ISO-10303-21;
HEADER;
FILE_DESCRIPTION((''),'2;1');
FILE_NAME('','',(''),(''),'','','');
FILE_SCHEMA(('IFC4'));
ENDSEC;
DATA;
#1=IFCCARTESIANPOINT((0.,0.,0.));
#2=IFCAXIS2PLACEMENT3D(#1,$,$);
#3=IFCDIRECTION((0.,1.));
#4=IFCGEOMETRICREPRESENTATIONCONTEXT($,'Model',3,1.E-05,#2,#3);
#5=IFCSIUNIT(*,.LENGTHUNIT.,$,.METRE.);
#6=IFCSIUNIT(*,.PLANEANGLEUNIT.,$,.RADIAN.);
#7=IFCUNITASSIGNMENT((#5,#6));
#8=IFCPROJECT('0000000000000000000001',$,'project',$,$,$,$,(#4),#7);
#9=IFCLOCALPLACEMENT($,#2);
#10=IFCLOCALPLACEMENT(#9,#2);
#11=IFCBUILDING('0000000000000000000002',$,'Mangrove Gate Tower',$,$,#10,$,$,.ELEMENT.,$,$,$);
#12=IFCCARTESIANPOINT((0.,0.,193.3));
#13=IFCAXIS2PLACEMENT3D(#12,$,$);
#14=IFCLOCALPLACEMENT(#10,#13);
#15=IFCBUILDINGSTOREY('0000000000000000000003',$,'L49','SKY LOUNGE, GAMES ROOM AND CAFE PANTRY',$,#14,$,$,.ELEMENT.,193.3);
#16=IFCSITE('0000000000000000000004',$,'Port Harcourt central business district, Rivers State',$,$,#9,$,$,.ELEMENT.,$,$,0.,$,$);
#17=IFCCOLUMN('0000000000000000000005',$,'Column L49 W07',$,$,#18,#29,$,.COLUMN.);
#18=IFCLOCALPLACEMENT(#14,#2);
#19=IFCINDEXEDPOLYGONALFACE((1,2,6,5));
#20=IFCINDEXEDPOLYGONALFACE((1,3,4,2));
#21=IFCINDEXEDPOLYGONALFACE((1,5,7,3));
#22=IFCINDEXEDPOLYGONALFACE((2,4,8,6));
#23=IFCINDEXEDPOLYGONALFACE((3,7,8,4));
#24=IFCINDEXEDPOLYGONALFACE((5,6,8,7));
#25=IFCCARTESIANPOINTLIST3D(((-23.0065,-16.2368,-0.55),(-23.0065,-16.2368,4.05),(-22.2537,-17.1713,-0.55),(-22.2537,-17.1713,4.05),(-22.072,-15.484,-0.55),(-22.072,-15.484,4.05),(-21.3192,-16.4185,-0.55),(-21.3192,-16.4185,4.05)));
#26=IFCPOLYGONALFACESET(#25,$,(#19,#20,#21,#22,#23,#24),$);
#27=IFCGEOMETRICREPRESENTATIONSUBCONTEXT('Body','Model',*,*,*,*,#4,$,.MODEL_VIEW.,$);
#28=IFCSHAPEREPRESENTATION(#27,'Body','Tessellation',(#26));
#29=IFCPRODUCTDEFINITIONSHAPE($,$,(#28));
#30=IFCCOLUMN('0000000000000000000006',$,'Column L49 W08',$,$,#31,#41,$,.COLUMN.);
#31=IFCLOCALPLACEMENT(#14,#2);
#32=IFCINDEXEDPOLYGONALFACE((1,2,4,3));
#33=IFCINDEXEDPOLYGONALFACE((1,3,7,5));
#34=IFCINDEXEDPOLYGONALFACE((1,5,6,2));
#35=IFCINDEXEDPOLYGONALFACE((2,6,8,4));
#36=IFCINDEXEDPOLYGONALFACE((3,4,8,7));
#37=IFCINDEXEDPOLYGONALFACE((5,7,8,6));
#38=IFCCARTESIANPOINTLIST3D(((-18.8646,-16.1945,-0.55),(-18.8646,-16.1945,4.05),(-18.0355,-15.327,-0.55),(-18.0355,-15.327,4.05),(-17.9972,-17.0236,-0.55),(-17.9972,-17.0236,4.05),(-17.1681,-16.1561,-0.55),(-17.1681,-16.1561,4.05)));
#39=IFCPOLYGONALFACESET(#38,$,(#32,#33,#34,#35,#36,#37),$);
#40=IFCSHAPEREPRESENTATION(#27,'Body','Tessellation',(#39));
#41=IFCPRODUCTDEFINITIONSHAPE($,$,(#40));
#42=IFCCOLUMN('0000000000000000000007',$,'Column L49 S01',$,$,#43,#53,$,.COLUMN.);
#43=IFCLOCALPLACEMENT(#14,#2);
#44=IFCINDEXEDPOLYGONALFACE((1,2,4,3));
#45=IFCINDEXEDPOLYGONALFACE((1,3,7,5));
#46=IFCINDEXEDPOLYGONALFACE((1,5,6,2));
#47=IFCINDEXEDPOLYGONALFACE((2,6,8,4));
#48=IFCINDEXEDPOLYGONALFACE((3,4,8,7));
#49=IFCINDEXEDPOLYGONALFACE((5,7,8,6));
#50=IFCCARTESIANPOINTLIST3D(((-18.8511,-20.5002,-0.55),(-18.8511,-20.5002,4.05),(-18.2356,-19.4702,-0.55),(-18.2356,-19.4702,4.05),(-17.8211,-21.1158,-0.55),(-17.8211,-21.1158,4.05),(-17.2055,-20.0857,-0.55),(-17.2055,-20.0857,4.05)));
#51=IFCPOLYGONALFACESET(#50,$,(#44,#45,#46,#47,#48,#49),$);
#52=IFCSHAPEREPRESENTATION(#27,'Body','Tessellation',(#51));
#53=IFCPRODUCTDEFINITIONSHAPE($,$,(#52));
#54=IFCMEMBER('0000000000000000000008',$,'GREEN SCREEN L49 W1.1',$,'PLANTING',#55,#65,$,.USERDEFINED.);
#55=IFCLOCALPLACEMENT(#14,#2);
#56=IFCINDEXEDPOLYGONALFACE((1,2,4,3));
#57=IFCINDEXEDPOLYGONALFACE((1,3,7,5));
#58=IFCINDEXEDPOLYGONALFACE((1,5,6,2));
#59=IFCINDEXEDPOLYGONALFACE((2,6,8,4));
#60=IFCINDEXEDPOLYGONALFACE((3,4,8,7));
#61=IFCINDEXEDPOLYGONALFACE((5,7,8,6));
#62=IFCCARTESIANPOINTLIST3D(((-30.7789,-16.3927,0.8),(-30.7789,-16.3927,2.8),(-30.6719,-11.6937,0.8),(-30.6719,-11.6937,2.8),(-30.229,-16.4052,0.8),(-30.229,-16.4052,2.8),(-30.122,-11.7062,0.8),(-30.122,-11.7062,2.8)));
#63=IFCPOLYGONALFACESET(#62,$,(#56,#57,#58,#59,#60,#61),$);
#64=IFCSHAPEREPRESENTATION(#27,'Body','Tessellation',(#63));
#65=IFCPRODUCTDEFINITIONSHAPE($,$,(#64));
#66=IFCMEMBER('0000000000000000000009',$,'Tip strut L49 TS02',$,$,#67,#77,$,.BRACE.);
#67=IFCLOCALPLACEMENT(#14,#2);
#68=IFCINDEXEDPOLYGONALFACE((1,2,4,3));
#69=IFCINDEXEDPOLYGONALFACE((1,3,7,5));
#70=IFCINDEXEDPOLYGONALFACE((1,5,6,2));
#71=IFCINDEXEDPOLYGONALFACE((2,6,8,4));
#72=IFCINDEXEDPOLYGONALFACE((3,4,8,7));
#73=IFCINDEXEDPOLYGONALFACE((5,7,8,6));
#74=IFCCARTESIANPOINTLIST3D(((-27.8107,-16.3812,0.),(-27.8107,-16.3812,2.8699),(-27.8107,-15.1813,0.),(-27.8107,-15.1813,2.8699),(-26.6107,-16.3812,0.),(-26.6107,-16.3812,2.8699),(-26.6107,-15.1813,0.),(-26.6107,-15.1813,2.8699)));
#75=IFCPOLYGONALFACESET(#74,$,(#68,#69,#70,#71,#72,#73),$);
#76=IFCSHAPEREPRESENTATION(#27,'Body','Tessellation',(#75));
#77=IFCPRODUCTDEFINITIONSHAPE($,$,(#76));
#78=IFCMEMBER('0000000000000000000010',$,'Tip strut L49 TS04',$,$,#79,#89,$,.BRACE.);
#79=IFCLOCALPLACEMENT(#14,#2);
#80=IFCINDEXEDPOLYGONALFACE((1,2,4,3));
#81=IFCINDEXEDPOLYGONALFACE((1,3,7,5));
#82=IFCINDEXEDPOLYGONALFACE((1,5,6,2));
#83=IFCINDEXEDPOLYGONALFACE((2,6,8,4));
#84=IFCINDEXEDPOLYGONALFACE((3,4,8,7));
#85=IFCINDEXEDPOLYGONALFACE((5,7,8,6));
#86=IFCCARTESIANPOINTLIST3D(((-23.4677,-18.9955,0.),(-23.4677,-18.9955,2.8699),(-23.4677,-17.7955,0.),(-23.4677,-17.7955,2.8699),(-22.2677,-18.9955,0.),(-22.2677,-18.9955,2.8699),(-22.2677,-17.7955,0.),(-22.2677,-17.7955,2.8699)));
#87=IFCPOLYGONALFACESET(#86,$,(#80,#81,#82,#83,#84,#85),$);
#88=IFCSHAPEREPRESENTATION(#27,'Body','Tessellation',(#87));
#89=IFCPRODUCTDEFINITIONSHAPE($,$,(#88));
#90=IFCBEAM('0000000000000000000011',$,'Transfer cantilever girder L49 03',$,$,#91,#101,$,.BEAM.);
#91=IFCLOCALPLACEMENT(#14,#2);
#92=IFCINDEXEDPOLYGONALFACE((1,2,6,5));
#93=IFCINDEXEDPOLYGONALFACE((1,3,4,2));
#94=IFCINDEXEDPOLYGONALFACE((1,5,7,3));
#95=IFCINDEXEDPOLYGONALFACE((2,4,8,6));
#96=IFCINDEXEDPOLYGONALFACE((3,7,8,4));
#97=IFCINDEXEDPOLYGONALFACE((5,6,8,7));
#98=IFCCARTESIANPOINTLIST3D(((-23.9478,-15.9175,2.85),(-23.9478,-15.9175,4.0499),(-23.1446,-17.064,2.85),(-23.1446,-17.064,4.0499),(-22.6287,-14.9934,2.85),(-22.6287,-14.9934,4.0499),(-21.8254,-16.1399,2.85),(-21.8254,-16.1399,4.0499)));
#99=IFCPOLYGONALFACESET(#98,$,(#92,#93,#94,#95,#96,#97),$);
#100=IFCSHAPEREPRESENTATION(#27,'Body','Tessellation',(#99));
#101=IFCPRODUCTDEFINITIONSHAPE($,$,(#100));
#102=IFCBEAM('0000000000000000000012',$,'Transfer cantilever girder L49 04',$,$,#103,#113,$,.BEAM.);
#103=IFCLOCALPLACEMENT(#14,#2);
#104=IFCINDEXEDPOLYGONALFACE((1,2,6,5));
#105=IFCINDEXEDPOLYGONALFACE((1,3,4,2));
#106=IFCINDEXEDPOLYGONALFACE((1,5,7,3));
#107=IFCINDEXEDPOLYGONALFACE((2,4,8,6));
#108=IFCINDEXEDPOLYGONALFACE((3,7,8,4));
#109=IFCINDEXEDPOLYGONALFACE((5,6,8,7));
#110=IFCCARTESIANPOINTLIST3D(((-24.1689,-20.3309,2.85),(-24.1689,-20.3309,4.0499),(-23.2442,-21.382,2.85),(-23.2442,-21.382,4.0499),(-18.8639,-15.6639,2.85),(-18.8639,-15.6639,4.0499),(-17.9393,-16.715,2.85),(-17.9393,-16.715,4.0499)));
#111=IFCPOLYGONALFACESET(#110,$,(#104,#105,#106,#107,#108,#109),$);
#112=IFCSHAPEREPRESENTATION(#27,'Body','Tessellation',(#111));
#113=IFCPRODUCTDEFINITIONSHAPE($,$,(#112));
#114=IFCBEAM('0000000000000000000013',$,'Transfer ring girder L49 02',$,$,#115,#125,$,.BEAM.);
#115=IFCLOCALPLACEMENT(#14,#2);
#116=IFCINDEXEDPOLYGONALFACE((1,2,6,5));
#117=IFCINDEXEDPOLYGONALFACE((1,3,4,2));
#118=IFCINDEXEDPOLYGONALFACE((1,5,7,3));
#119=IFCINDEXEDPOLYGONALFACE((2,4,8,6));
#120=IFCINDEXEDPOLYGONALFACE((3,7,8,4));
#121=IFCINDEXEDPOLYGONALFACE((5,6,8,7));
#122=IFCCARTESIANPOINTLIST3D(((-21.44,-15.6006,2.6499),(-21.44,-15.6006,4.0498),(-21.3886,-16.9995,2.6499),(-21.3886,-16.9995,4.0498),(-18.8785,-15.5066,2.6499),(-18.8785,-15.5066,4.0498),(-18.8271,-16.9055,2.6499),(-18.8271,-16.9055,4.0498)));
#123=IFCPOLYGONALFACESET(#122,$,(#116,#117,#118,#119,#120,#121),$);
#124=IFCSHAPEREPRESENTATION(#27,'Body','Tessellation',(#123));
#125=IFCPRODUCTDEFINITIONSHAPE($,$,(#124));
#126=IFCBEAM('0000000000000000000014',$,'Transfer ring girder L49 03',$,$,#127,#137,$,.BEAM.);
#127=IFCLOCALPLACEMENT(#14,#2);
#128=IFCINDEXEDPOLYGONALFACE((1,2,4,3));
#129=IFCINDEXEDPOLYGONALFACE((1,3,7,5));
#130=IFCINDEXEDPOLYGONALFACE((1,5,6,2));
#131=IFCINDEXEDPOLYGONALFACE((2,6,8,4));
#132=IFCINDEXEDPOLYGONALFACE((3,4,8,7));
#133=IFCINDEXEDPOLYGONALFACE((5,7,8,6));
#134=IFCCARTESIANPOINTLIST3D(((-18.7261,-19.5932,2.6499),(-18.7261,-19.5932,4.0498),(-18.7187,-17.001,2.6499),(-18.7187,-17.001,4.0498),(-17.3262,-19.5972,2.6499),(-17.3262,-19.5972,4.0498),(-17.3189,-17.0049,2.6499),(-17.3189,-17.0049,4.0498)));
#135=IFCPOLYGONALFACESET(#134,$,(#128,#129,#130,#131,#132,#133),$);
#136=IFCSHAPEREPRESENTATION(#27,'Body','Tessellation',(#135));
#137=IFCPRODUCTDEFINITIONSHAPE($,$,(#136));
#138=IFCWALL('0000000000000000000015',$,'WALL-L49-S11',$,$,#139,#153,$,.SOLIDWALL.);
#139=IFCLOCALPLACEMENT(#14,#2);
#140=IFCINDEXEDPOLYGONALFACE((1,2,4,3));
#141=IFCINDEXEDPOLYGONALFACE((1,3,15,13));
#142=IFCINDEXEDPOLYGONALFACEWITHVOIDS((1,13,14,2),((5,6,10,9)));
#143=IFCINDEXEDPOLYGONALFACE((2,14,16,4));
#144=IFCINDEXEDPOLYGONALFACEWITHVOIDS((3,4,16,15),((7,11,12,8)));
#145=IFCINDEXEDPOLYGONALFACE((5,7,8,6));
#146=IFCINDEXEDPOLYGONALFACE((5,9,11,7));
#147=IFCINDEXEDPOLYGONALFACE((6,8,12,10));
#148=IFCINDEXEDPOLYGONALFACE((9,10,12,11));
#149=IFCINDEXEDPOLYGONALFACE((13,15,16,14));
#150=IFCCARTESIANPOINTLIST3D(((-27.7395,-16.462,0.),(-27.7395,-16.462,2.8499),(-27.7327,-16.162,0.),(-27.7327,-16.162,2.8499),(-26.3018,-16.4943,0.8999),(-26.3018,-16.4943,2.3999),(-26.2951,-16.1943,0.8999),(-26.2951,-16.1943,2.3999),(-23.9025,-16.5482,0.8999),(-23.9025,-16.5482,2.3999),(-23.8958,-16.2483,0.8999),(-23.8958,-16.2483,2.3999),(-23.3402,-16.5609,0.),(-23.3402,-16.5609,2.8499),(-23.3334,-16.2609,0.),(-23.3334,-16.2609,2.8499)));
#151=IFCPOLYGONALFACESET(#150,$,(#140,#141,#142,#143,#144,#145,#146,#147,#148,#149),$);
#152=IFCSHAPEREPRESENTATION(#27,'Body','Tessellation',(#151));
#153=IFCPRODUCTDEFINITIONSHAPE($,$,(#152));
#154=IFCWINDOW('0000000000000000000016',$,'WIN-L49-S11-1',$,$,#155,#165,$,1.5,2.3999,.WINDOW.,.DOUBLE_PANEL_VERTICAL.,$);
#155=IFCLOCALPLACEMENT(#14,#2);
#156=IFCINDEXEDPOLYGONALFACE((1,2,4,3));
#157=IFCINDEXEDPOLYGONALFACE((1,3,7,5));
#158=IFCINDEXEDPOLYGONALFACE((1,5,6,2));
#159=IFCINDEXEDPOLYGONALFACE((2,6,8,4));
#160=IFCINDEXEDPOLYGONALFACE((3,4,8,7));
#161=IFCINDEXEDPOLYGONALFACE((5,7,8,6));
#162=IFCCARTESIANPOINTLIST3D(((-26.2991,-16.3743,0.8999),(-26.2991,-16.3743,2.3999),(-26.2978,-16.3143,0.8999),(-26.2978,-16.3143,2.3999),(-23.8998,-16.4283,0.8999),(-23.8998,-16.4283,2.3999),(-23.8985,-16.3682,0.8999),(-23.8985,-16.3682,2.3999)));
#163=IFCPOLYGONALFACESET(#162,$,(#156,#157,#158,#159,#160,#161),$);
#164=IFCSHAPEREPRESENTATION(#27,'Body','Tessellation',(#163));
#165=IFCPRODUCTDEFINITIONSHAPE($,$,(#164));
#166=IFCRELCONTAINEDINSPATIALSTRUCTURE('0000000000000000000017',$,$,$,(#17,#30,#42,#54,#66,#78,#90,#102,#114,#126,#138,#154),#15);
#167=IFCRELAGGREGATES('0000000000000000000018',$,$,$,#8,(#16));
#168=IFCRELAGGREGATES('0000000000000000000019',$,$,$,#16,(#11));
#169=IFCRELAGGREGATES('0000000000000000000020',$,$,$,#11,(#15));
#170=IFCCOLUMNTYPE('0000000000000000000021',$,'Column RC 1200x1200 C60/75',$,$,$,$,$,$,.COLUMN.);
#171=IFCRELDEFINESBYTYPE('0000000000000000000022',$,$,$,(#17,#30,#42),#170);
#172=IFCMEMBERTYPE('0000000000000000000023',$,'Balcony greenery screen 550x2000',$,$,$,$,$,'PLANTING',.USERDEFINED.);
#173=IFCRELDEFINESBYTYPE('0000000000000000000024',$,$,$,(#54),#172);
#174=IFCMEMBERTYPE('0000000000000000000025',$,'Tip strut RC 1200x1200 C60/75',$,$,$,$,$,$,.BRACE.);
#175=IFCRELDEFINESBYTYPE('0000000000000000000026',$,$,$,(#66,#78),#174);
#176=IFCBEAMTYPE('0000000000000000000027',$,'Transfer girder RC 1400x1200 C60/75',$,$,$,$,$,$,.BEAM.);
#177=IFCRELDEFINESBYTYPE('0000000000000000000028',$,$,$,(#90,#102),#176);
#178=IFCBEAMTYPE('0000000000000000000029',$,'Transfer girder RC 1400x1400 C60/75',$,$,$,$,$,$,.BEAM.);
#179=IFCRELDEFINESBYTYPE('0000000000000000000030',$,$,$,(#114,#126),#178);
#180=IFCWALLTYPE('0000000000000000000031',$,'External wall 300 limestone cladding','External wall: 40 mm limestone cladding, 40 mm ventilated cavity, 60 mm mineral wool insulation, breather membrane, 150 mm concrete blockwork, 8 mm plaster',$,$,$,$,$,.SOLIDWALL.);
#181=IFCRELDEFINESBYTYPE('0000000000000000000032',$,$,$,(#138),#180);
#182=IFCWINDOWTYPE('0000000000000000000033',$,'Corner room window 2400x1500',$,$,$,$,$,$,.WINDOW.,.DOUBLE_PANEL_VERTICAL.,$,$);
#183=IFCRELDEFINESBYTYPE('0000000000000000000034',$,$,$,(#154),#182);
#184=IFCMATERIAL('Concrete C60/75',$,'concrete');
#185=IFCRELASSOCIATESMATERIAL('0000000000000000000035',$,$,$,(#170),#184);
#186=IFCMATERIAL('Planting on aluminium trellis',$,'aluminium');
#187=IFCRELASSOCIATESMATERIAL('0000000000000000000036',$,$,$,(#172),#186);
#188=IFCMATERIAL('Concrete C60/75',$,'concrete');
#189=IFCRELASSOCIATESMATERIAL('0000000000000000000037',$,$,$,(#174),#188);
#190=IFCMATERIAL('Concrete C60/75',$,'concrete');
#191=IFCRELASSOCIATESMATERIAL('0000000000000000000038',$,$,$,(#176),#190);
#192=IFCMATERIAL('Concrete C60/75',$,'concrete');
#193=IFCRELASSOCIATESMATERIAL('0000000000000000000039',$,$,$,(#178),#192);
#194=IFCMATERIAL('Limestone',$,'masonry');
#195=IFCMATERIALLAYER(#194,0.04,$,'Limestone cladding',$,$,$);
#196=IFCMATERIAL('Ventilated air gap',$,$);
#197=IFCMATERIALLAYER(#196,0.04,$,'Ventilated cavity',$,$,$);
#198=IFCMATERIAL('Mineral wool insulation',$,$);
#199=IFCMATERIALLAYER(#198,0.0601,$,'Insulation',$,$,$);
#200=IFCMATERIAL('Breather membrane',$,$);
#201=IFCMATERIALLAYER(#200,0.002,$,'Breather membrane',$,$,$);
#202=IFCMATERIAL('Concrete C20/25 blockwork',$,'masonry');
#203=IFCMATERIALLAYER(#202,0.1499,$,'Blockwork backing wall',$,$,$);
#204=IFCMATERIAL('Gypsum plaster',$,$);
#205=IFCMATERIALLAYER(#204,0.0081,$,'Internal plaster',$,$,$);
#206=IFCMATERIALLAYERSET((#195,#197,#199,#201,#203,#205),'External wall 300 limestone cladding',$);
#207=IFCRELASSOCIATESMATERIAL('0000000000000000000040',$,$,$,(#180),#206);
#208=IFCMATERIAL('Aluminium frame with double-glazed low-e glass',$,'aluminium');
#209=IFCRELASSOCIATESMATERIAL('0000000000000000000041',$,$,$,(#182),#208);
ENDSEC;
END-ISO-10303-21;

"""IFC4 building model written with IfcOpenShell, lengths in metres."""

from ifc_helpers import new_model, si_unit, direction, frame, frame_2d, origin, origin_2d, place, context, subcontext, project, spatial, rectangle, extrude, material, layer, layer_set, material_profile, profile_set, type_object, element, fill, save


model = new_model("IFC4")

# Units and contexts
model_context = context("Model", 3, precision=1e-05, world=origin(), true_north=direction((0.0, 1.0)))
body_context = subcontext(model_context, "Body", "Model", "MODEL_VIEW")
ifc_project = project(units=[si_unit("LENGTHUNIT", "METRE"), si_unit("PLANEANGLEUNIT", "RADIAN")], contexts=[model_context])

# Site, building, storey
site_placement = place(None, origin())
site = spatial("IfcSite", under=ifc_project, at=site_placement, Name="Port Harcourt central business district, Rivers State", CompositionType="ELEMENT", RefElevation=0.0)
building_placement = place(site_placement, origin())
building = spatial("IfcBuilding", under=site, at=building_placement, Name="Mangrove Gate Tower", CompositionType="ELEMENT")
storey_placement = place(building_placement, frame((0.0, 0.0, 193.3)))
storey = spatial("IfcBuildingStorey", under=building, at=storey_placement, Name="L49", Description="SKY LOUNGE, GAMES ROOM AND CAFE PANTRY", CompositionType="ELEMENT", Elevation=193.3)

# Columns
ifc_material_1 = material(Name="Concrete C60/75", Category="concrete")
ifc_material_profile_1 = material_profile(ifc_material_1, rectangle(XDim=1.2, YDim=1.2, at=origin_2d()))
ifc_profile_set_1 = profile_set([ifc_material_profile_1], Name="Concrete C60/75")
column_type = type_object("IfcColumnType", Name="Column RC 1200x1200 C60/75", PredefinedType="COLUMN", material=ifc_profile_set_1)
for number, where, z_axis, x_axis, name in (
    (1, (-22.1628, -16.3276, -0.55), (0.0, 0.0, 1.0), (0.627364, -0.778726, 0.0), "Column L49 W07"),
    (2, (-18.0164, -16.1753, -0.55), (0.0, 0.0, 1.0), (0.72292, -0.690932, 0.0), "Column L49 W08"),
    (3, (-18.0283, -20.293, -0.55), (0.0, 0.0, 1.0), (0.858408, -0.512967, 0.0), "Column L49 S01"),
):
    element("IfcColumn", number, at=place(storey_placement, frame(where, z_axis=z_axis, x_axis=x_axis)), inside=storey, type_object=column_type, Name=name, PredefinedType="COLUMN", context=body_context, shape_type="SweptSolid", body=[
        extrude(rectangle(XDim=1.2, YDim=1.2, at=origin_2d()), origin(), (0.0, 0.0, 1.0), 4.6001),
    ])

# Members
ifc_material_2 = material(Name="Planting on aluminium trellis", Category="aluminium")
ifc_material_profile_2 = material_profile(ifc_material_2, rectangle(XDim=0.55, YDim=2.0, at=origin_2d()))
ifc_profile_set_2 = profile_set([ifc_material_profile_2], Name="Planting on aluminium trellis")
member_type_1 = type_object("IfcMemberType", Name="Balcony greenery screen 550x2000", ElementType="PLANTING", PredefinedType="USERDEFINED", material=ifc_profile_set_2)
member_placement = place(storey_placement, frame((-30.5039, -16.3989, 1.8), z_axis=(0.022751, 0.999741, 0.0), x_axis=(-0.999741, 0.022751, 0.0)))
element("IfcMember", 4, at=member_placement, inside=storey, type_object=member_type_1, Name="GREEN SCREEN L49 W1.1", ObjectType="PLANTING", PredefinedType="USERDEFINED", context=body_context, shape_type="SweptSolid", body=[
    extrude(rectangle(XDim=0.55, YDim=2.0, at=origin_2d()), origin(), (0.0, 0.0, 1.0), 4.7002),
])
ifc_material_3 = material(Name="Concrete C60/75", Category="concrete")
ifc_material_profile_3 = material_profile(ifc_material_3, rectangle(XDim=1.2, YDim=1.2, at=origin_2d()))
ifc_profile_set_3 = profile_set([ifc_material_profile_3], Name="Concrete C60/75")
member_type_2 = type_object("IfcMemberType", Name="Tip strut RC 1200x1200 C60/75", PredefinedType="BRACE", material=ifc_profile_set_3)
for number, where, z_axis, x_axis, name in (
    (5, (-27.2107, -15.7812, 0.0), (0.0, 0.0, 1.0), (1.0, 0.0, 0.0), "Tip strut L49 TS02"),
    (6, (-22.8677, -18.3955, 0.0), (0.0, 0.0, 1.0), (1.0, 0.0, 0.0), "Tip strut L49 TS04"),
):
    element("IfcMember", number, at=place(storey_placement, frame(where, z_axis=z_axis, x_axis=x_axis)), inside=storey, type_object=member_type_2, Name=name, PredefinedType="BRACE", context=body_context, shape_type="SweptSolid", body=[
        extrude(rectangle(XDim=1.2, YDim=1.2, at=origin_2d()), origin(), (0.0, 0.0, 1.0), 2.8699),
    ])

# Beams
ifc_material_4 = material(Name="Concrete C60/75", Category="concrete")
ifc_material_profile_4 = material_profile(ifc_material_4, rectangle(XDim=1.3999, YDim=1.2, at=origin_2d()))
ifc_profile_set_4 = profile_set([ifc_material_profile_4], Name="Concrete C60/75")
beam_type_1 = type_object("IfcBeamType", Name="Transfer girder RC 1400x1200 C60/75", PredefinedType="BEAM", material=ifc_profile_set_4)
beam_1_placement = place(storey_placement, frame((-22.2271, -15.5667, 3.45), z_axis=(-0.819025, -0.573757, 0.0), x_axis=(0.573757, -0.819025, 0.0)))
element("IfcBeam", 7, at=beam_1_placement, inside=storey, type_object=beam_type_1, Name="Transfer cantilever girder L49 03", PredefinedType="BEAM", context=body_context, shape_type="SweptSolid", body=[
    extrude(rectangle(XDim=1.3999, YDim=1.2, at=origin_2d()), origin(), (0.0, 0.0, 1.0), 1.6106),
])
beam_2_placement = place(storey_placement, frame((-18.4016, -16.1895, 3.45), z_axis=(-0.750808, -0.66052, 0.0), x_axis=(0.66052, -0.750808, 0.0)))
element("IfcBeam", 8, at=beam_2_placement, inside=storey, type_object=beam_type_1, Name="Transfer cantilever girder L49 04", PredefinedType="BEAM", context=body_context, shape_type="SweptSolid", body=[
    extrude(rectangle(XDim=1.3999, YDim=1.2, at=origin_2d()), origin(), (0.0, 0.0, 1.0), 7.0657),
])
ifc_material_5 = material(Name="Concrete C60/75", Category="concrete")
ifc_material_profile_5 = material_profile(ifc_material_5, rectangle(XDim=1.3999, YDim=1.3999, at=origin_2d()))
ifc_profile_set_5 = profile_set([ifc_material_profile_5], Name="Concrete C60/75")
beam_type_2 = type_object("IfcBeamType", Name="Transfer girder RC 1400x1400 C60/75", PredefinedType="BEAM", material=ifc_profile_set_5)
beam_3_placement = place(storey_placement, frame((-21.4143, -16.3, 3.3499), z_axis=(0.999327, 0.03667, 0.0), x_axis=(-0.03667, 0.999327, 0.0)))
element("IfcBeam", 9, at=beam_3_placement, inside=storey, type_object=beam_type_2, Name="Transfer ring girder L49 02", PredefinedType="BEAM", context=body_context, shape_type="SweptSolid", body=[
    extrude(rectangle(XDim=1.3999, YDim=1.3999, at=origin_2d()), origin(), (0.0, 0.0, 1.0), 2.5632),
])
beam_4_placement = place(storey_placement, frame((-18.0188, -17.0029, 3.3499), z_axis=(-0.002825, -0.999996, 0.0), x_axis=(0.999996, -0.002825, 0.0)))
element("IfcBeam", 10, at=beam_4_placement, inside=storey, type_object=beam_type_2, Name="Transfer ring girder L49 03", PredefinedType="BEAM", context=body_context, shape_type="SweptSolid", body=[
    extrude(rectangle(XDim=1.3999, YDim=1.3999, at=origin_2d()), origin(), (0.0, 0.0, 1.0), 2.5923),
])

# Wall, opening, window
ifc_material_6 = material(Name="Limestone", Category="masonry")
ifc_layer_1 = layer(ifc_material_6, 0.04, Name="Limestone cladding")
ifc_material_7 = material(Name="Ventilated air gap")
ifc_layer_2 = layer(ifc_material_7, 0.04, Name="Ventilated cavity")
ifc_material_8 = material(Name="Mineral wool insulation")
ifc_layer_3 = layer(ifc_material_8, 0.0601, Name="Insulation")
ifc_material_9 = material(Name="Breather membrane")
ifc_layer_4 = layer(ifc_material_9, 0.002, Name="Breather membrane")
ifc_material_10 = material(Name="Concrete C20/25 blockwork", Category="masonry")
ifc_layer_5 = layer(ifc_material_10, 0.1499, Name="Blockwork backing wall")
ifc_material_11 = material(Name="Gypsum plaster")
ifc_layer_6 = layer(ifc_material_11, 0.0081, Name="Internal plaster")
ifc_layer_set_1 = layer_set([ifc_layer_1, ifc_layer_2, ifc_layer_3, ifc_layer_4, ifc_layer_5, ifc_layer_6], Name="External wall 300 limestone cladding")
wall_type_1 = type_object("IfcWallType", Name="External wall 300 limestone cladding", Description="External wall: 40 mm limestone cladding, 40 mm ventilated cavity, 60 mm mineral wool insulation, breather membrane, 150 mm concrete blockwork, 8 mm plaster", PredefinedType="SOLIDWALL", material=ifc_layer_set_1)
wall_1_placement = place(storey_placement, frame((-27.7361, -16.312, 0.0), z_axis=(0.0, 0.0, 1.0), x_axis=(0.999748, -0.022471, 0.0)))
wall_1 = element("IfcWall", 11, at=wall_1_placement, inside=storey, type_object=wall_type_1, Name="WALL-L49-S11", PredefinedType="SOLIDWALL", context=body_context, shape_type="SweptSolid", body=[
    extrude(rectangle(XDim=4.4004, YDim=0.3, at=frame_2d((2.2002, 0.0))), origin(), (0.0, 0.0, 1.0), 2.8499),
])
opening_1_placement = place(wall_1_placement, frame((1.438, 0.0, 0.8999)))
opening_1 = element("IfcOpeningElement", 12, at=opening_1_placement, cuts=wall_1, PredefinedType="OPENING", context=body_context, shape_type="SweptSolid", body=[
    extrude(rectangle(XDim=2.3999, YDim=1.5, at=frame_2d((1.2, 0.75))), frame((0.0, 0.1599, 0.0), z_axis=(0.0, -1.0, 0.0), x_axis=(1.0, 0.0, 0.0)), (0.0, 0.0, 1.0), 0.3201),
])
ifc_material_12 = material(Name="Aluminium frame with double-glazed low-e glass", Category="aluminium")
window_type_1 = type_object("IfcWindowType", Name="Corner room window 2400x1500", PartitioningType="DOUBLE_PANEL_VERTICAL", PredefinedType="WINDOW", material=ifc_material_12)
window_1_placement = place(opening_1_placement, origin())
window_1 = element("IfcWindow", 13, at=window_1_placement, inside=storey, type_object=window_type_1, Name="WIN-L49-S11-1", OverallHeight=1.5, OverallWidth=2.3999, PartitioningType="DOUBLE_PANEL_VERTICAL", PredefinedType="WINDOW", context=body_context, shape_type="SweptSolid", body=[
    extrude(rectangle(XDim=2.3999, YDim=1.5, at=frame_2d((1.2, 0.75))), frame((0.0, 0.03, 0.0), z_axis=(0.0, -1.0, 0.0), x_axis=(1.0, 0.0, 0.0)), (0.0, 0.0, 1.0), 0.0601),
])
fill(opening_1, window_1)

save(model, "model.ifc")
